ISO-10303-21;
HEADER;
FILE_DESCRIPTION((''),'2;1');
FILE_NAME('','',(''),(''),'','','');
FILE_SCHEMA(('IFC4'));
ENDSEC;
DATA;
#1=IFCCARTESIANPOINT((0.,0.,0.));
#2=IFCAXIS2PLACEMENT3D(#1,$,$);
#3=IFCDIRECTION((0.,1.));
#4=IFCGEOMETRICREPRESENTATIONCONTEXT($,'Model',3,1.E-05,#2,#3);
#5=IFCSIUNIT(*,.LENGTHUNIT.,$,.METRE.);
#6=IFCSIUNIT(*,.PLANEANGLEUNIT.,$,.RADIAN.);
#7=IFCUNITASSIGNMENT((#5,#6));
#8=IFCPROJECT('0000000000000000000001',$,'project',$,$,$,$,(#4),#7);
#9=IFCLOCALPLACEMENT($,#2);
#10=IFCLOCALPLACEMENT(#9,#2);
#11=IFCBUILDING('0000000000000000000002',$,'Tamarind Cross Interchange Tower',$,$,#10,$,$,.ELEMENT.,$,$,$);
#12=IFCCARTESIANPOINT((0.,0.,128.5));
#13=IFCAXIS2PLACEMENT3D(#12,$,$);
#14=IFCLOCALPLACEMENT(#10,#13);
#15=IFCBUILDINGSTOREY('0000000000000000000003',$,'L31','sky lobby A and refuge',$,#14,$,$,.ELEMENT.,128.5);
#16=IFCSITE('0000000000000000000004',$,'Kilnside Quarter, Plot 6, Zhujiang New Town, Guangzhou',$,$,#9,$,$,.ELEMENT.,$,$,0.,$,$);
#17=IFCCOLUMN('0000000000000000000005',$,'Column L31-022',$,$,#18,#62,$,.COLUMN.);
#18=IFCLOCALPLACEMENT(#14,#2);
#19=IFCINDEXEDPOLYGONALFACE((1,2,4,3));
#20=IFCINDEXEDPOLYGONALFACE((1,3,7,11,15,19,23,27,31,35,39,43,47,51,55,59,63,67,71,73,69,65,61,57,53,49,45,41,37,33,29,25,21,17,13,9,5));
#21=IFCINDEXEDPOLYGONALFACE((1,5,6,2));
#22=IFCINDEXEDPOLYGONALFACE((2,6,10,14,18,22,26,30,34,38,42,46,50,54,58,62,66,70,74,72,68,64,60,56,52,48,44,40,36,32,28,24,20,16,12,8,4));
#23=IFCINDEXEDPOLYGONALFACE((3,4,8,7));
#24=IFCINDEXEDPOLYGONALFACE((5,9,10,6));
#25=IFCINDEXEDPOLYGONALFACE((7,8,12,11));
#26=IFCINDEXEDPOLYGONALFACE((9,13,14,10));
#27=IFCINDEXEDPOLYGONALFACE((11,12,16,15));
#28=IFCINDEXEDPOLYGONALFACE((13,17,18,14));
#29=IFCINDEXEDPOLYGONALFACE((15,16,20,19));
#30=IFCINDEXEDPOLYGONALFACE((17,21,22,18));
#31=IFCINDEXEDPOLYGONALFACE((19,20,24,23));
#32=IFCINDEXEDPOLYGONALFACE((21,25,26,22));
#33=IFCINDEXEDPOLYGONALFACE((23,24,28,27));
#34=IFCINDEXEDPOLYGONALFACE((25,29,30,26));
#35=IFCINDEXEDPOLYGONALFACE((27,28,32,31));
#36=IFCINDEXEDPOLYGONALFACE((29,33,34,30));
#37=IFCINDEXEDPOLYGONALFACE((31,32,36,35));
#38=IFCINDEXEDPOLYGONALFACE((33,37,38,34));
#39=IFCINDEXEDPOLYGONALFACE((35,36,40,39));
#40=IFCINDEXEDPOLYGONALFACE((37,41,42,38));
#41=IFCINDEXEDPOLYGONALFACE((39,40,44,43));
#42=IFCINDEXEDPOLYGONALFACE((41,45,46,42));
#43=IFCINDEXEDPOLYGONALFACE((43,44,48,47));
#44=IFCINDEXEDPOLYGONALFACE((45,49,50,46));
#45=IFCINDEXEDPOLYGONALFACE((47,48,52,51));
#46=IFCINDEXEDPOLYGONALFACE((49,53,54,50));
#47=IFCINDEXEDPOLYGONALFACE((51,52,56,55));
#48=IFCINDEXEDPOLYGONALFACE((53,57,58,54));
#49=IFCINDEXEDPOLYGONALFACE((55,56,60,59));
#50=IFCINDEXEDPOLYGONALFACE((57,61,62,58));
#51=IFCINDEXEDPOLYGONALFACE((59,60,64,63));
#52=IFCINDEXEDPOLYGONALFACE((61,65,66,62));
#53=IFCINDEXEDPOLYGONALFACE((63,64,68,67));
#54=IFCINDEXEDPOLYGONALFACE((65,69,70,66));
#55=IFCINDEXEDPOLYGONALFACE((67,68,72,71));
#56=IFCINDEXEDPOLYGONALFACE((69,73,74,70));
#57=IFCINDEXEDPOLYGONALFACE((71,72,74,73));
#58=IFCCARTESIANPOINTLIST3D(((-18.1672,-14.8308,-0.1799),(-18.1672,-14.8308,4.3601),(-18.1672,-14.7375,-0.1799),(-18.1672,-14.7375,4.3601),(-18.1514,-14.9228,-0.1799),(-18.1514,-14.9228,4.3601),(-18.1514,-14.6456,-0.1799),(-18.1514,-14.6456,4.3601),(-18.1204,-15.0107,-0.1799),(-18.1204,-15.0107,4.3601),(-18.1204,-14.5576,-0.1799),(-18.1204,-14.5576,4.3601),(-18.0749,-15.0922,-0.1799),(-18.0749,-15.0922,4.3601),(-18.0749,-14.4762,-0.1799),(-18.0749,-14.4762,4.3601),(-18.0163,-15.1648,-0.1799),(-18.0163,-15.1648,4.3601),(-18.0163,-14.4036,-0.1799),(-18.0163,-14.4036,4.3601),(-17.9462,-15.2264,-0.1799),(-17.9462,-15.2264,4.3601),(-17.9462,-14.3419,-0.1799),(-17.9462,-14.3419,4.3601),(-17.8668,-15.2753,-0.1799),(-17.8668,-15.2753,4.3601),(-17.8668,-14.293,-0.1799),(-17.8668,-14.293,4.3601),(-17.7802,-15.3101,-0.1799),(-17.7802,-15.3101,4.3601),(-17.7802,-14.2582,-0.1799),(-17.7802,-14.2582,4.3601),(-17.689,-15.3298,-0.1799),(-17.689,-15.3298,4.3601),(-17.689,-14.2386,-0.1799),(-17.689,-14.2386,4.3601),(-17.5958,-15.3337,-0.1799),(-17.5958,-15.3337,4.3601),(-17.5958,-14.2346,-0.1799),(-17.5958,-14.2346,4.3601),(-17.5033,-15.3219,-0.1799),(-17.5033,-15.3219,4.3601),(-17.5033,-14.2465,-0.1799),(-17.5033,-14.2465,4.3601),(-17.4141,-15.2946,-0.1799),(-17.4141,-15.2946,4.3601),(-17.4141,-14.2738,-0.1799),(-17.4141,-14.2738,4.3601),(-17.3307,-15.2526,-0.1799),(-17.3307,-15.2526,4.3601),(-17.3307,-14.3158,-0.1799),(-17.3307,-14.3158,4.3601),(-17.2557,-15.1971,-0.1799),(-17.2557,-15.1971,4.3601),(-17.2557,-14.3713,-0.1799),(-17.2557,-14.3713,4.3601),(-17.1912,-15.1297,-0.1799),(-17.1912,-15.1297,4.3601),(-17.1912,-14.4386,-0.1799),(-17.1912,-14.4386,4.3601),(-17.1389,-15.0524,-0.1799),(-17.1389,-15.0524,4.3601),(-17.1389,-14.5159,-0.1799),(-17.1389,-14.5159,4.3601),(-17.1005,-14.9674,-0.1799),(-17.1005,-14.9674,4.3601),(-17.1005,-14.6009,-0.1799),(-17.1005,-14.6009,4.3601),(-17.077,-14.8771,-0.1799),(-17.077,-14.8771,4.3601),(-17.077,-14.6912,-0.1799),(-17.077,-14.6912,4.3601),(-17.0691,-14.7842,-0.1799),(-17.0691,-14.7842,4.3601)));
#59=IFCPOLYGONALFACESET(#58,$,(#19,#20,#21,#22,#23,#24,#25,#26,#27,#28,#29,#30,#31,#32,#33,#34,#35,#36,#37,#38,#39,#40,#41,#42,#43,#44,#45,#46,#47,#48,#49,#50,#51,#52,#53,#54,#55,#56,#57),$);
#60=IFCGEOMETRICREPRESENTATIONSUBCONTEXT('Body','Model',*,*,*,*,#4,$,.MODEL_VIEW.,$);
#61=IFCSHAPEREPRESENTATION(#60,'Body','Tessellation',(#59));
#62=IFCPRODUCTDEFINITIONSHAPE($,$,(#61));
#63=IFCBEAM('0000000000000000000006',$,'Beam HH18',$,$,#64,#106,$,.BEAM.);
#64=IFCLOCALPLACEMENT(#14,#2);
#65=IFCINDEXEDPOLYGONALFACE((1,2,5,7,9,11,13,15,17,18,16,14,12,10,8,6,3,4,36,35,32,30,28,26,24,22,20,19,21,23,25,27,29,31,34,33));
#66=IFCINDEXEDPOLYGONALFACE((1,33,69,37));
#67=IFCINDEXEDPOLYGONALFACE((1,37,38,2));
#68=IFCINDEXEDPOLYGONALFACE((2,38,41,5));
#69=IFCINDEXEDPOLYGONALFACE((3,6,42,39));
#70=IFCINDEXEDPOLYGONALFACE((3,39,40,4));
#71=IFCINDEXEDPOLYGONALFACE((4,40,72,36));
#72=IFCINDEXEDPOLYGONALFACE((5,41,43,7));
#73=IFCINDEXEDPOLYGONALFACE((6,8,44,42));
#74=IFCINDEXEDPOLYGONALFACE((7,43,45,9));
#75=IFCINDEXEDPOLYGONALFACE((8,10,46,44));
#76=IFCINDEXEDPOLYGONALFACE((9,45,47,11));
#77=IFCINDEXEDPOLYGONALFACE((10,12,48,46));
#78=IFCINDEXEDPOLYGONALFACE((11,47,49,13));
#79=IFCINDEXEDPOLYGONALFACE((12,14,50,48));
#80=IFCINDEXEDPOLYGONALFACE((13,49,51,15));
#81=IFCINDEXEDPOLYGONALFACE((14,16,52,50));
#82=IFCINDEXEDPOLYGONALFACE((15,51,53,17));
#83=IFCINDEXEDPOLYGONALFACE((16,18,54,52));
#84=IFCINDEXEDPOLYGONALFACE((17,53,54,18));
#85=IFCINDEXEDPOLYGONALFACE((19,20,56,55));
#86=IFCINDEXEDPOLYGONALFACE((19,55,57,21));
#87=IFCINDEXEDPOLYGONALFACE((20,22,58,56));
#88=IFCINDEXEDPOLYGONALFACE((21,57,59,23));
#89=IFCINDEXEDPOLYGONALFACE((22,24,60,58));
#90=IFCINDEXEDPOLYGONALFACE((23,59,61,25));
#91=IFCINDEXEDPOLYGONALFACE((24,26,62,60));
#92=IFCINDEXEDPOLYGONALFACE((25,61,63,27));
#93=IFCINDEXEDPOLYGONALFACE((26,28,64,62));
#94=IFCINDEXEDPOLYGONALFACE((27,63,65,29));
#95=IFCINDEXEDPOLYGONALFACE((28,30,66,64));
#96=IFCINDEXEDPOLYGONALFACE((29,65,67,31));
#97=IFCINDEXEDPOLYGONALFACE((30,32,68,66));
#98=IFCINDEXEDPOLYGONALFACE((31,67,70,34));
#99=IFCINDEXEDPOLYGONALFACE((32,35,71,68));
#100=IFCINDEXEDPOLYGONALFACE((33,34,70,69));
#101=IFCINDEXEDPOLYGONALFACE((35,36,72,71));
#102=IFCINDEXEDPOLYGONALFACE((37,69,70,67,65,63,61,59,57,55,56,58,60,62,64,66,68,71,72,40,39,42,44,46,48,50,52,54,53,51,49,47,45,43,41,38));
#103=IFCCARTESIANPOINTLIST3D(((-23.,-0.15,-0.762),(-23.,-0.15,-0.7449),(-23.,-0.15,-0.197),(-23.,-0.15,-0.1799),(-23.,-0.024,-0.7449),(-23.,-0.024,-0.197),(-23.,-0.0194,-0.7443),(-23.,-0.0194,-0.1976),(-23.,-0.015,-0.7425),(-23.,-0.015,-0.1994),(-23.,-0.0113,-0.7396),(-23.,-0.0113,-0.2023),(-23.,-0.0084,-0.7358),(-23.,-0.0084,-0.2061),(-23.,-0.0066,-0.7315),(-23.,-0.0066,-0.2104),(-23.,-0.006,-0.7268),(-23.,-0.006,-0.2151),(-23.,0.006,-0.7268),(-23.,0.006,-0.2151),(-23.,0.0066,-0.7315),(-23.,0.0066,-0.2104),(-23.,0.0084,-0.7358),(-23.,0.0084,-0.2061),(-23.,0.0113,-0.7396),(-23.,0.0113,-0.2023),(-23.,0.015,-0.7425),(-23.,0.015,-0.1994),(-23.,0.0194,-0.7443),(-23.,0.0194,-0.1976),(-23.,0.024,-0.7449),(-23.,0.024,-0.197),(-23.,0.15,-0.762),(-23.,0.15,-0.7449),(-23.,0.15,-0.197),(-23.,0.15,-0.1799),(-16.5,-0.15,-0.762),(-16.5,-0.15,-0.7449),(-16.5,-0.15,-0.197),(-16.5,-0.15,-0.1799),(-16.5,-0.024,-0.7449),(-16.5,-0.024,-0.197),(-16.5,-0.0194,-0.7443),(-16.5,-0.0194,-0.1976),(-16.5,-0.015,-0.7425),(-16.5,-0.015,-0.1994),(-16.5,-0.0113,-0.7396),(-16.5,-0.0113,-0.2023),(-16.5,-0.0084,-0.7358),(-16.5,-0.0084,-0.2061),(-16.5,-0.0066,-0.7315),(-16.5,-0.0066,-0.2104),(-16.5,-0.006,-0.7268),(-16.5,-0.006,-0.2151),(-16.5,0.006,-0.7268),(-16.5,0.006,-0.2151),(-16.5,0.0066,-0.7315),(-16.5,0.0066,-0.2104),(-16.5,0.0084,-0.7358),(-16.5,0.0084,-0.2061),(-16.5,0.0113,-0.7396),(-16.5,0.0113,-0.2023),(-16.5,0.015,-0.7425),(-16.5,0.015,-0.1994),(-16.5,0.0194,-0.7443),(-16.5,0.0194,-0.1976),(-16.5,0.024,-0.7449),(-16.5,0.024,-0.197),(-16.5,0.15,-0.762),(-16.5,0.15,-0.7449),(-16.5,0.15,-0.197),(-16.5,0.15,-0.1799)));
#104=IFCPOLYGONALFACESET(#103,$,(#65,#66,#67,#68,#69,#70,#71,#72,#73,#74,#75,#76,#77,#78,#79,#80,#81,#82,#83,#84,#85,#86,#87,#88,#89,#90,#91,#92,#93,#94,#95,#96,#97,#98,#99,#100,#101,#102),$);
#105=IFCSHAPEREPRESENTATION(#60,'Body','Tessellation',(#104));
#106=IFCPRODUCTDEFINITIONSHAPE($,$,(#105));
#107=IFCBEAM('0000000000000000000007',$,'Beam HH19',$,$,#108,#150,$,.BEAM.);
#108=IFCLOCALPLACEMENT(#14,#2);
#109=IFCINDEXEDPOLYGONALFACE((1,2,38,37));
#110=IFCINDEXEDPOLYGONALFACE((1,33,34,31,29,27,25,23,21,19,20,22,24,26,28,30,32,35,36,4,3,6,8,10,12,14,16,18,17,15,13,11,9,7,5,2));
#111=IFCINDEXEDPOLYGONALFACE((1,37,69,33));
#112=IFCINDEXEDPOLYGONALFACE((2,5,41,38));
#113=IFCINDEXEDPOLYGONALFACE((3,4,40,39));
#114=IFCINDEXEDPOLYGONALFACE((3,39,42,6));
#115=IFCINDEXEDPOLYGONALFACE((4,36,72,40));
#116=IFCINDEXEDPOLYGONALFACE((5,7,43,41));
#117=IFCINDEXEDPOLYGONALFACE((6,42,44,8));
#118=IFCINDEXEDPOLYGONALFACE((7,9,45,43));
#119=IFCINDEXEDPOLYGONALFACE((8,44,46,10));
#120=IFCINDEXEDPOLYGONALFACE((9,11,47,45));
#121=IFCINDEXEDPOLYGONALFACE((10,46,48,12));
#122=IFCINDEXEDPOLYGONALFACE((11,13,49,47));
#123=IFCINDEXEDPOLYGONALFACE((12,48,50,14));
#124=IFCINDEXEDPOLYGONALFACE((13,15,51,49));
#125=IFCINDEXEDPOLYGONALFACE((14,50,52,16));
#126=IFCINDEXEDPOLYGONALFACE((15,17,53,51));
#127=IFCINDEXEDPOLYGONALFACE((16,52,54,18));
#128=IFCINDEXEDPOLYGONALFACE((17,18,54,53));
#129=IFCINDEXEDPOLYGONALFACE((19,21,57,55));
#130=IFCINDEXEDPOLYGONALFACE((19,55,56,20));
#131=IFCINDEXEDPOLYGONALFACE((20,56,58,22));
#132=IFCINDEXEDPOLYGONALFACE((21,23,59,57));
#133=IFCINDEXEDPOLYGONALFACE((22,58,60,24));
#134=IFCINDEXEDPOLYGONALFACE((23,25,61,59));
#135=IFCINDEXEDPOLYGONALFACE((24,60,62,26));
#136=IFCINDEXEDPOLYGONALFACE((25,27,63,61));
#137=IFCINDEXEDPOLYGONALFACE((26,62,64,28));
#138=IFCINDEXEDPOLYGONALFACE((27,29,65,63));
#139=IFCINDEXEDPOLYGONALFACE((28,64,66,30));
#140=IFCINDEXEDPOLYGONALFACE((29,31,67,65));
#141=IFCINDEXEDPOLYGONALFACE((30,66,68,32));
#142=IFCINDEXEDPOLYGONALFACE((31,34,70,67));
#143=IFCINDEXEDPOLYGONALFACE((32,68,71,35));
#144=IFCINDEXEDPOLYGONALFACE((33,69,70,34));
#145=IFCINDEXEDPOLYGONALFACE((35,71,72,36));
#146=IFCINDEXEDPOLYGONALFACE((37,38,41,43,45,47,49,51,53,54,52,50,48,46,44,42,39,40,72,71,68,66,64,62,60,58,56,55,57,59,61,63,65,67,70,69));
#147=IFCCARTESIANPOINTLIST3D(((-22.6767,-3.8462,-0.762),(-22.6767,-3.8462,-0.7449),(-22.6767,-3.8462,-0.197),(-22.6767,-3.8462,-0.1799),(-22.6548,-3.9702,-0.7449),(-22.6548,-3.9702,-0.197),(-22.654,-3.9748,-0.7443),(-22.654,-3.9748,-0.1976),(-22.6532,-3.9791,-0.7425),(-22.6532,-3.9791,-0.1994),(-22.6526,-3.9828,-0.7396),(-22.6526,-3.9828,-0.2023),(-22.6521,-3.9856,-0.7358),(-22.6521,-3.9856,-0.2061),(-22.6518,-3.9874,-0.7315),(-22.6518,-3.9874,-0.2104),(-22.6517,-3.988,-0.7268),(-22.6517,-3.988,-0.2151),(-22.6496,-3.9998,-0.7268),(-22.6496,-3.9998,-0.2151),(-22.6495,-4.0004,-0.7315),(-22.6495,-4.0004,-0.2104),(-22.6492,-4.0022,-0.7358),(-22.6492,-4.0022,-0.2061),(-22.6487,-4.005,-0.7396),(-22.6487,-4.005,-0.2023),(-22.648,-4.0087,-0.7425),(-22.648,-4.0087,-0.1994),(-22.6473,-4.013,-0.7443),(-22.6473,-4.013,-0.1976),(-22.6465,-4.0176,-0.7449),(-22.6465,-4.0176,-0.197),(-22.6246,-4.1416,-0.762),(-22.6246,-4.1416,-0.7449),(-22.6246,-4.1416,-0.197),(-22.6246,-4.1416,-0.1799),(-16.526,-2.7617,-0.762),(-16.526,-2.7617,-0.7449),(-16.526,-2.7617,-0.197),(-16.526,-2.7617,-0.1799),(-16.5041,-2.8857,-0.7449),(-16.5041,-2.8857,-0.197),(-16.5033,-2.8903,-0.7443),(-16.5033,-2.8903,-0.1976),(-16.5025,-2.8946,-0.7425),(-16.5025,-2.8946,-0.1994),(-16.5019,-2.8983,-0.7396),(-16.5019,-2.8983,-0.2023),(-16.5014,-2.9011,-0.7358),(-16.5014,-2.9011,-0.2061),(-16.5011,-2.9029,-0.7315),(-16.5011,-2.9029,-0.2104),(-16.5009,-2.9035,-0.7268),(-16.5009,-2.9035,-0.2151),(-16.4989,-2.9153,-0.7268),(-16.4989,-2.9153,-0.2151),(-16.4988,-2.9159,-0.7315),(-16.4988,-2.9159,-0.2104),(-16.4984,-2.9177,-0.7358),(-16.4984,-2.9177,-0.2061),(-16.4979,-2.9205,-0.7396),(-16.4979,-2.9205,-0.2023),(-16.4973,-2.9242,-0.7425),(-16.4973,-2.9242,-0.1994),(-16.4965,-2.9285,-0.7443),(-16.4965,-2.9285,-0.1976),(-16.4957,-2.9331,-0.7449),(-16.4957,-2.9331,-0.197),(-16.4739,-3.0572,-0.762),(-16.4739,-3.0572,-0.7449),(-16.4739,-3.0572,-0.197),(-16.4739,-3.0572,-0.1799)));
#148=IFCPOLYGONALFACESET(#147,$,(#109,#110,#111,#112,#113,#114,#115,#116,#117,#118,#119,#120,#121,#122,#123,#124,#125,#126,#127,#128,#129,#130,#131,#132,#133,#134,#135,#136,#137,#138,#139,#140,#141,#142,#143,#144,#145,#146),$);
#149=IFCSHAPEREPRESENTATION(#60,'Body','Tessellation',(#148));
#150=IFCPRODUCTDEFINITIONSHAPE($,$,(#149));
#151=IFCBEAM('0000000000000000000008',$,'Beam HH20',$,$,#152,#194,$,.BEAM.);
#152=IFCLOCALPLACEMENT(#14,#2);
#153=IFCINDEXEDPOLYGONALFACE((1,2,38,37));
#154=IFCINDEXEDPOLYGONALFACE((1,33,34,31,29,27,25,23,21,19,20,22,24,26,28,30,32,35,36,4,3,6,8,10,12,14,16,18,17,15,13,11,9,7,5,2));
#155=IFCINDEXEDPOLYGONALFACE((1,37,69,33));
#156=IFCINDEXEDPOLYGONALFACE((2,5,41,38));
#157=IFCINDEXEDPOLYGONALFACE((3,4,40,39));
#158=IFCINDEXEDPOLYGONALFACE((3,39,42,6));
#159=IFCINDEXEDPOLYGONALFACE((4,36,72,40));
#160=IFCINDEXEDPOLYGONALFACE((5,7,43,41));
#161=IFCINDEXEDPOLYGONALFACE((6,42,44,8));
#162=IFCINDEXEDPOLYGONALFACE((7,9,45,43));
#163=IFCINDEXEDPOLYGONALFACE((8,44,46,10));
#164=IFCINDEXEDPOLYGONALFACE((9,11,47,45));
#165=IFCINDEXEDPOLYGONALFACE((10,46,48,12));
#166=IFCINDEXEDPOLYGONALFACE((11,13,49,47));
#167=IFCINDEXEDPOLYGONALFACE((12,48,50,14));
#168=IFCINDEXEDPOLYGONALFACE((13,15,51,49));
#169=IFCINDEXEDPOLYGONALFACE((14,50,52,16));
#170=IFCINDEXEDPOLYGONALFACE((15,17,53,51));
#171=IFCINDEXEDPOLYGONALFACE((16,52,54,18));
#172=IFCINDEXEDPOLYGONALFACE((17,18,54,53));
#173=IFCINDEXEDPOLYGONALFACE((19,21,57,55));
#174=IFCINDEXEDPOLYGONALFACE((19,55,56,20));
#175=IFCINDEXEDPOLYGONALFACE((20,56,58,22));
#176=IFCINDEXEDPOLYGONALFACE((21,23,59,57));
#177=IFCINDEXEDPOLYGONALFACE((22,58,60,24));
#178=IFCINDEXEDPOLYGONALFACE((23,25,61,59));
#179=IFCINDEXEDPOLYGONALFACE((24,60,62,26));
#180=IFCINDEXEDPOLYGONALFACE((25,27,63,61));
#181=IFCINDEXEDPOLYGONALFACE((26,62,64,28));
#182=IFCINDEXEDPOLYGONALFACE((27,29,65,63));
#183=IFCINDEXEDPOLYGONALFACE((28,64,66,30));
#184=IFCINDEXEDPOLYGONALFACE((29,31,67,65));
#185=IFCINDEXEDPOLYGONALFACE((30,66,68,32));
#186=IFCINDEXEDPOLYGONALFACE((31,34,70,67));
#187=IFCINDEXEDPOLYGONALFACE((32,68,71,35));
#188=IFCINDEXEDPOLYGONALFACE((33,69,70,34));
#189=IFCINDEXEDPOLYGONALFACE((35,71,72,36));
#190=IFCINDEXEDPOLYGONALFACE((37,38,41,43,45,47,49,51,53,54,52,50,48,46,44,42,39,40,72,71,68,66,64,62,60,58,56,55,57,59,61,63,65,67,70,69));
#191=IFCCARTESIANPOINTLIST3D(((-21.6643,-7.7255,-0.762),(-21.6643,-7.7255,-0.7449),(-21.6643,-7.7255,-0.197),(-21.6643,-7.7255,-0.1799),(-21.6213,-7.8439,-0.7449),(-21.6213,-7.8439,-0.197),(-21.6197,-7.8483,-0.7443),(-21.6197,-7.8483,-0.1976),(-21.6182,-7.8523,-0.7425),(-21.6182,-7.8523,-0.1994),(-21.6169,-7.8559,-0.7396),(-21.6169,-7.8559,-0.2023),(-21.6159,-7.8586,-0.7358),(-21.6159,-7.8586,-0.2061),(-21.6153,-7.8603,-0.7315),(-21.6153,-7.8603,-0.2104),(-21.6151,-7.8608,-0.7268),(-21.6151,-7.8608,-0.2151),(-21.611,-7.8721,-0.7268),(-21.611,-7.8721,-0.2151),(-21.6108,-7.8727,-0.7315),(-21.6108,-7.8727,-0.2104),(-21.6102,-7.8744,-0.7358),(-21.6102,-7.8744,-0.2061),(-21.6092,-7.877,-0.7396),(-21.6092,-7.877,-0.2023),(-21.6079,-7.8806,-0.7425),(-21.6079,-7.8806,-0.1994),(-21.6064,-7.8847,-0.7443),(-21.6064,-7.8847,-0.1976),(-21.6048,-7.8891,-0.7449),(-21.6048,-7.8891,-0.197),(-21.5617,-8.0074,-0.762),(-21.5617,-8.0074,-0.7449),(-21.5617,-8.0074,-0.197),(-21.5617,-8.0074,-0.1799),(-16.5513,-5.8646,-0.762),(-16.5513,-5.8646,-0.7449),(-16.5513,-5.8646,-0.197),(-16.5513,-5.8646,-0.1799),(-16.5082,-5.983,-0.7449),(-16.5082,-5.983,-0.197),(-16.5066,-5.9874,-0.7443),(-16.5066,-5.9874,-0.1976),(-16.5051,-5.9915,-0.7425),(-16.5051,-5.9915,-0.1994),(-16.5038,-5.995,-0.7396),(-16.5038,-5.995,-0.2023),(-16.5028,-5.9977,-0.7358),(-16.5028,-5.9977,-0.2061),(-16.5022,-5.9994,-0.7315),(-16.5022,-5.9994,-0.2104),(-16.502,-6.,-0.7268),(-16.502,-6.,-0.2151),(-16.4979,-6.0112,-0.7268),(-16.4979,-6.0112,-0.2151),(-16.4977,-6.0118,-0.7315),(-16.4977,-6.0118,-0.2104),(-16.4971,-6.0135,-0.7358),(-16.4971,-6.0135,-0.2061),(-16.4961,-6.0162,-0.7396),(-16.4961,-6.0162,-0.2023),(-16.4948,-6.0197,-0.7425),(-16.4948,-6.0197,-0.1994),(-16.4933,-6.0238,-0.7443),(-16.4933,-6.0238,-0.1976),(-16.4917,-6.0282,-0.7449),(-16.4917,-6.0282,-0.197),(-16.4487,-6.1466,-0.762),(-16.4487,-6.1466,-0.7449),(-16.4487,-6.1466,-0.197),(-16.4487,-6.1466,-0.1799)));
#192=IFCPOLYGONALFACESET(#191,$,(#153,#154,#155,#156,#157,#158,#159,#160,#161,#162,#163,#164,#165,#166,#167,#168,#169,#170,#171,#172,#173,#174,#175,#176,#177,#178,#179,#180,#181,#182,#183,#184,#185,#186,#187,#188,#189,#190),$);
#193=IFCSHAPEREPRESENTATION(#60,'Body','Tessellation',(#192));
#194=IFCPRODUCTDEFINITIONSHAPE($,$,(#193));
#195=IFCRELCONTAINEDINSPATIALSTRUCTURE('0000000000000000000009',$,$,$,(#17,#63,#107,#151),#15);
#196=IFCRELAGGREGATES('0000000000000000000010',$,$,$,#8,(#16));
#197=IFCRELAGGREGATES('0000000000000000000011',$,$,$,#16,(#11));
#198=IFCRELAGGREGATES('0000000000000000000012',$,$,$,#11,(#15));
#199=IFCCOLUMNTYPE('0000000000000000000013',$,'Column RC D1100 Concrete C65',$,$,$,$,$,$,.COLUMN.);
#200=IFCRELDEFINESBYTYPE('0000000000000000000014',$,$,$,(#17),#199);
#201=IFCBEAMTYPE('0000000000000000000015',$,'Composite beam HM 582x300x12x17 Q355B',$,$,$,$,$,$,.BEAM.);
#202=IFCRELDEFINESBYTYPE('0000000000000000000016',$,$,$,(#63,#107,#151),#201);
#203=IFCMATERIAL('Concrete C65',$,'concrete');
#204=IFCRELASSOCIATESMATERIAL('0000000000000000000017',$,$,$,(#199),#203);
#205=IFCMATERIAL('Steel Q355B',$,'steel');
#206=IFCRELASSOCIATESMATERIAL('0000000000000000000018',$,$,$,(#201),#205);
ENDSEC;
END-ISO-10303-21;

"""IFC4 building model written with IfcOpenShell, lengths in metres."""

from ifc_helpers import new_model, si_unit, direction, frame, origin, origin_2d, place, context, subcontext, project, spatial, circle, i_section, extrude, material, material_profile, profile_set, type_object, element, save


model = new_model("IFC4")

# Units and contexts
model_context = context("Model", 3, precision=1e-05, world=origin(), true_north=direction((0.0, 1.0)))
body_context = subcontext(model_context, "Body", "Model", "MODEL_VIEW")
ifc_project = project(units=[si_unit("LENGTHUNIT", "METRE"), si_unit("PLANEANGLEUNIT", "RADIAN")], contexts=[model_context])

# Site, building, storey
site_placement = place(None, origin())
site = spatial("IfcSite", under=ifc_project, at=site_placement, Name="Kilnside Quarter, Plot 6, Zhujiang New Town, Guangzhou", CompositionType="ELEMENT", RefElevation=0.0)
building_placement = place(site_placement, origin())
building = spatial("IfcBuilding", under=site, at=building_placement, Name="Tamarind Cross Interchange Tower", CompositionType="ELEMENT")
storey_placement = place(building_placement, frame((0.0, 0.0, 128.5)))
storey = spatial("IfcBuildingStorey", under=building, at=storey_placement, Name="L31", Description="sky lobby A and refuge", CompositionType="ELEMENT", Elevation=128.5)

# Column
ifc_material_1 = material(Name="Concrete C65", Category="concrete")
ifc_material_profile_1 = material_profile(ifc_material_1, circle(Radius=0.55, at=origin_2d()), Name="RC D1100")
ifc_profile_set_1 = profile_set([ifc_material_profile_1], Name="Concrete C65")
column_type_1 = type_object("IfcColumnType", Name="Column RC D1100 Concrete C65", PredefinedType="COLUMN", material=ifc_profile_set_1)
for number, where, z_axis, x_axis, name in (
    (1, (-17.6191, -14.7842, -0.1799), (0.0, 0.0, 1.0), (1.0, 0.0, 0.0), "Column L31-022"),
):
    element("IfcColumn", number, at=place(storey_placement, frame(where, z_axis=z_axis, x_axis=x_axis)), inside=storey, type_object=column_type_1, Name=name, PredefinedType="COLUMN", context=body_context, shape_type="SweptSolid", body=[
        extrude(circle(Radius=0.55, at=origin_2d()), origin(), (0.0, 0.0, 1.0), 4.54),
    ])

# Beams
ifc_material_2 = material(Name="Steel Q355B", Category="steel")
ifc_material_profile_2 = material_profile(ifc_material_2, i_section(OverallWidth=0.3, OverallDepth=0.582, WebThickness=0.012, FlangeThickness=0.0171, FilletRadius=0.0181, at=origin_2d()), Name="HM 582x300x12x17")
ifc_profile_set_2 = profile_set([ifc_material_profile_2], Name="Steel Q355B")
beam_type_1 = type_object("IfcBeamType", Name="Composite beam HM 582x300x12x17 Q355B", PredefinedType="BEAM", material=ifc_profile_set_2)
beam_1_placement = place(storey_placement, frame((-23.0, 0.0, -0.4709), z_axis=(1.0, 0.0, 0.0), x_axis=(0.0, 1.0, 0.0)))
element("IfcBeam", 2, at=beam_1_placement, inside=storey, type_object=beam_type_1, Name="Beam HH18", PredefinedType="BEAM", context=body_context, shape_type="SweptSolid", body=[
    extrude(i_section(OverallWidth=0.3, OverallDepth=0.582, WebThickness=0.012, FlangeThickness=0.0171, FilletRadius=0.0181, at=origin_2d()), origin(), (0.0, 0.0, 1.0), 6.5),
])
beam_2_placement = place(storey_placement, frame((-22.6506, -3.9939, -0.4709), z_axis=(0.984809, 0.17364, 0.0), x_axis=(-0.17364, 0.984809, 0.0)))
element("IfcBeam", 3, at=beam_2_placement, inside=storey, type_object=beam_type_1, Name="Beam HH19", PredefinedType="BEAM", context=body_context, shape_type="SweptSolid", body=[
    extrude(i_section(OverallWidth=0.3, OverallDepth=0.582, WebThickness=0.012, FlangeThickness=0.0171, FilletRadius=0.0181, at=origin_2d()), origin(), (0.0, 0.0, 1.0), 6.2456),
])
beam_3_placement = place(storey_placement, frame((-21.613, -7.8665, -0.4709), z_axis=(0.939702, 0.341995, 0.0), x_axis=(-0.341995, 0.939702, 0.0)))
element("IfcBeam", 4, at=beam_3_placement, inside=storey, type_object=beam_type_1, Name="Beam HH20", PredefinedType="BEAM", context=body_context, shape_type="SweptSolid", body=[
    extrude(i_section(OverallWidth=0.3, OverallDepth=0.582, WebThickness=0.012, FlangeThickness=0.0171, FilletRadius=0.0181, at=origin_2d()), origin(), (0.0, 0.0, 1.0), 5.4412),
])

save(model, "model.ifc")
